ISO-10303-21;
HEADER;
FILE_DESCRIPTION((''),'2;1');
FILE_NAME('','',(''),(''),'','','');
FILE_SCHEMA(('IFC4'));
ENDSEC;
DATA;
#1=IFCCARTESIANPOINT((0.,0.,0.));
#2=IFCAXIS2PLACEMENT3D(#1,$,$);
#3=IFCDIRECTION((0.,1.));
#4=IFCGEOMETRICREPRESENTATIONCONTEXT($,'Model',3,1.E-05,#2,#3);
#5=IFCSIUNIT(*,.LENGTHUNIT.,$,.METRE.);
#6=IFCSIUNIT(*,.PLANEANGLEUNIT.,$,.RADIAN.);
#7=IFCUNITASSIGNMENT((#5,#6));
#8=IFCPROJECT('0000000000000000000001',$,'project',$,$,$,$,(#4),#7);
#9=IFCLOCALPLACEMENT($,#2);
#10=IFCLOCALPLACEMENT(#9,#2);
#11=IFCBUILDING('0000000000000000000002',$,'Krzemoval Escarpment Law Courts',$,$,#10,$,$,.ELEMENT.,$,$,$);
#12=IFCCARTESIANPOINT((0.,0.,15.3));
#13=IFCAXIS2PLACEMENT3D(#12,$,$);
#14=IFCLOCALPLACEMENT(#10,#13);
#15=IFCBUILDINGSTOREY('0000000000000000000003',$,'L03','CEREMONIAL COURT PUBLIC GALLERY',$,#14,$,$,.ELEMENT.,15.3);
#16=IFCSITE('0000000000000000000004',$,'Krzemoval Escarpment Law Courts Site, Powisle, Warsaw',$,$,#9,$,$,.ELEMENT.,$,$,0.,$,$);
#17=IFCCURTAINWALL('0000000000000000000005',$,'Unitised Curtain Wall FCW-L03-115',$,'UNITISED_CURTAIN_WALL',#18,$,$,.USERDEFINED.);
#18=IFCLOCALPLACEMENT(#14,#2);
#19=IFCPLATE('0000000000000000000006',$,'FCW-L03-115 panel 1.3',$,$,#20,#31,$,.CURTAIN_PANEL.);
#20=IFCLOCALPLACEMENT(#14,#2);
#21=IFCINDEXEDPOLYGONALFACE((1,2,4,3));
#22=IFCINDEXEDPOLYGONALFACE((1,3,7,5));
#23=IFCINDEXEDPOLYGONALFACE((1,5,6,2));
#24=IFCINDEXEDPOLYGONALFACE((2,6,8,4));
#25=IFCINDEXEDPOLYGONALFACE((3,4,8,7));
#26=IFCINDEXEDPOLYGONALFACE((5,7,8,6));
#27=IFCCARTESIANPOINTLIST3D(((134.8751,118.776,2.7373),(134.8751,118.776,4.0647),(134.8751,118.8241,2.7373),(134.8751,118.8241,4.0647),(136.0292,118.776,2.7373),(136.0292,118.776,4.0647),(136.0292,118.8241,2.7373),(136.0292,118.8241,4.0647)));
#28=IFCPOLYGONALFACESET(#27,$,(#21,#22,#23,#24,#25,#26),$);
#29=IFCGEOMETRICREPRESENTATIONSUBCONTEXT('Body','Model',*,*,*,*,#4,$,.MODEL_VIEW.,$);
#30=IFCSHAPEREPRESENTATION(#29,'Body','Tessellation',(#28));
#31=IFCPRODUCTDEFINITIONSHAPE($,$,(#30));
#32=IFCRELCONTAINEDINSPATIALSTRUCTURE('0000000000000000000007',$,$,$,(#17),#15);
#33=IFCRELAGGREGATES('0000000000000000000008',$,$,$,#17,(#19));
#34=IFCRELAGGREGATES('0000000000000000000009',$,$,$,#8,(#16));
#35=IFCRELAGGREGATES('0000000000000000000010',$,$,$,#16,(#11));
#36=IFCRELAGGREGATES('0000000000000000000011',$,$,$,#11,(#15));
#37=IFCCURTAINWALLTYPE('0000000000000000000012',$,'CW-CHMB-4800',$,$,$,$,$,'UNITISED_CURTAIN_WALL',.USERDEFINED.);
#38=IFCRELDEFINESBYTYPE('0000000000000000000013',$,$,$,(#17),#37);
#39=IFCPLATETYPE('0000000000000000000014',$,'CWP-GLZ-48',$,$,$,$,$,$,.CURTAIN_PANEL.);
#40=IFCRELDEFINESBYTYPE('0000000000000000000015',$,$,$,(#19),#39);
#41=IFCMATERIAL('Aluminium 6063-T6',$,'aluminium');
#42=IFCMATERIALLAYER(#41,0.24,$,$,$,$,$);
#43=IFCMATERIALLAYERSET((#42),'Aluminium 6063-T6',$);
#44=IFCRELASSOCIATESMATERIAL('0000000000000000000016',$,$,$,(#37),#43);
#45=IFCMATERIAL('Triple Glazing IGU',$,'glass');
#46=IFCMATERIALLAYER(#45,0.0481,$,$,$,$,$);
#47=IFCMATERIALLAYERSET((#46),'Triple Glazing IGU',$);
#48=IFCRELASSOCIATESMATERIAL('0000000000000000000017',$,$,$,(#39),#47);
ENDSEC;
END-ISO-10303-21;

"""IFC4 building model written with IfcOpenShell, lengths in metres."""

from ifc_helpers import new_model, si_unit, direction, frame, origin, origin_2d, place, context, subcontext, project, spatial, rectangle, extrude, material, layer, layer_set, type_object, element, aggregate, save


model = new_model("IFC4")

# Units and contexts
model_context = context("Model", 3, precision=1e-05, world=origin(), true_north=direction((0.0, 1.0)))
body_context = subcontext(model_context, "Body", "Model", "MODEL_VIEW")
ifc_project = project(units=[si_unit("LENGTHUNIT", "METRE"), si_unit("PLANEANGLEUNIT", "RADIAN")], contexts=[model_context])

# Site, building, storey
site_placement = place(None, origin())
site = spatial("IfcSite", under=ifc_project, at=site_placement, Name="Krzemoval Escarpment Law Courts Site, Powisle, Warsaw", CompositionType="ELEMENT", RefElevation=0.0)
building_placement = place(site_placement, origin())
building = spatial("IfcBuilding", under=site, at=building_placement, Name="Krzemoval Escarpment Law Courts", CompositionType="ELEMENT")
storey_placement = place(building_placement, frame((0.0, 0.0, 15.3)))
storey = spatial("IfcBuildingStorey", under=building, at=storey_placement, Name="L03", Description="CEREMONIAL COURT PUBLIC GALLERY", CompositionType="ELEMENT", Elevation=15.3)

# Shared definitions
ifc_material_1 = material(Name="Aluminium 6063-T6", Category="aluminium")
ifc_layer_1 = layer(ifc_material_1, 0.24)
ifc_layer_set_1 = layer_set([ifc_layer_1], Name="Aluminium 6063-T6")
curtain_wall_type = type_object("IfcCurtainWallType", Name="CW-CHMB-4800", ElementType="UNITISED_CURTAIN_WALL", PredefinedType="USERDEFINED", material=ifc_layer_set_1)

# Curtain wall
curtain_wall_1_placement = place(storey_placement, origin())
curtain_wall_1 = element("IfcCurtainWall", 1, at=curtain_wall_1_placement, inside=storey, type_object=curtain_wall_type, Name="Unitised Curtain Wall FCW-L03-115", ObjectType="UNITISED_CURTAIN_WALL", PredefinedType="USERDEFINED")

# Plate
ifc_material_2 = material(Name="Triple Glazing IGU", Category="glass")
ifc_layer_2 = layer(ifc_material_2, 0.0481)
ifc_layer_set_2 = layer_set([ifc_layer_2], Name="Triple Glazing IGU")
plate_type = type_object("IfcPlateType", Name="CWP-GLZ-48", PredefinedType="CURTAIN_PANEL", material=ifc_layer_set_2)
plate_1_placement = place(storey_placement, frame((135.4521, 118.8, 2.7373), z_axis=(0.0, 0.0, 1.0), x_axis=(1.0, 0.0, 0.0)))
plate_1 = element("IfcPlate", 2, at=plate_1_placement, type_object=plate_type, Name="FCW-L03-115 panel 1.3", PredefinedType="CURTAIN_PANEL", context=body_context, shape_type="SweptSolid", body=[
    extrude(rectangle(XDim=1.1541, YDim=0.0481, at=origin_2d()), origin(), (0.0, 0.0, 1.0), 1.3274),
])
aggregate(curtain_wall_1, [plate_1])

save(model, "model.ifc")
